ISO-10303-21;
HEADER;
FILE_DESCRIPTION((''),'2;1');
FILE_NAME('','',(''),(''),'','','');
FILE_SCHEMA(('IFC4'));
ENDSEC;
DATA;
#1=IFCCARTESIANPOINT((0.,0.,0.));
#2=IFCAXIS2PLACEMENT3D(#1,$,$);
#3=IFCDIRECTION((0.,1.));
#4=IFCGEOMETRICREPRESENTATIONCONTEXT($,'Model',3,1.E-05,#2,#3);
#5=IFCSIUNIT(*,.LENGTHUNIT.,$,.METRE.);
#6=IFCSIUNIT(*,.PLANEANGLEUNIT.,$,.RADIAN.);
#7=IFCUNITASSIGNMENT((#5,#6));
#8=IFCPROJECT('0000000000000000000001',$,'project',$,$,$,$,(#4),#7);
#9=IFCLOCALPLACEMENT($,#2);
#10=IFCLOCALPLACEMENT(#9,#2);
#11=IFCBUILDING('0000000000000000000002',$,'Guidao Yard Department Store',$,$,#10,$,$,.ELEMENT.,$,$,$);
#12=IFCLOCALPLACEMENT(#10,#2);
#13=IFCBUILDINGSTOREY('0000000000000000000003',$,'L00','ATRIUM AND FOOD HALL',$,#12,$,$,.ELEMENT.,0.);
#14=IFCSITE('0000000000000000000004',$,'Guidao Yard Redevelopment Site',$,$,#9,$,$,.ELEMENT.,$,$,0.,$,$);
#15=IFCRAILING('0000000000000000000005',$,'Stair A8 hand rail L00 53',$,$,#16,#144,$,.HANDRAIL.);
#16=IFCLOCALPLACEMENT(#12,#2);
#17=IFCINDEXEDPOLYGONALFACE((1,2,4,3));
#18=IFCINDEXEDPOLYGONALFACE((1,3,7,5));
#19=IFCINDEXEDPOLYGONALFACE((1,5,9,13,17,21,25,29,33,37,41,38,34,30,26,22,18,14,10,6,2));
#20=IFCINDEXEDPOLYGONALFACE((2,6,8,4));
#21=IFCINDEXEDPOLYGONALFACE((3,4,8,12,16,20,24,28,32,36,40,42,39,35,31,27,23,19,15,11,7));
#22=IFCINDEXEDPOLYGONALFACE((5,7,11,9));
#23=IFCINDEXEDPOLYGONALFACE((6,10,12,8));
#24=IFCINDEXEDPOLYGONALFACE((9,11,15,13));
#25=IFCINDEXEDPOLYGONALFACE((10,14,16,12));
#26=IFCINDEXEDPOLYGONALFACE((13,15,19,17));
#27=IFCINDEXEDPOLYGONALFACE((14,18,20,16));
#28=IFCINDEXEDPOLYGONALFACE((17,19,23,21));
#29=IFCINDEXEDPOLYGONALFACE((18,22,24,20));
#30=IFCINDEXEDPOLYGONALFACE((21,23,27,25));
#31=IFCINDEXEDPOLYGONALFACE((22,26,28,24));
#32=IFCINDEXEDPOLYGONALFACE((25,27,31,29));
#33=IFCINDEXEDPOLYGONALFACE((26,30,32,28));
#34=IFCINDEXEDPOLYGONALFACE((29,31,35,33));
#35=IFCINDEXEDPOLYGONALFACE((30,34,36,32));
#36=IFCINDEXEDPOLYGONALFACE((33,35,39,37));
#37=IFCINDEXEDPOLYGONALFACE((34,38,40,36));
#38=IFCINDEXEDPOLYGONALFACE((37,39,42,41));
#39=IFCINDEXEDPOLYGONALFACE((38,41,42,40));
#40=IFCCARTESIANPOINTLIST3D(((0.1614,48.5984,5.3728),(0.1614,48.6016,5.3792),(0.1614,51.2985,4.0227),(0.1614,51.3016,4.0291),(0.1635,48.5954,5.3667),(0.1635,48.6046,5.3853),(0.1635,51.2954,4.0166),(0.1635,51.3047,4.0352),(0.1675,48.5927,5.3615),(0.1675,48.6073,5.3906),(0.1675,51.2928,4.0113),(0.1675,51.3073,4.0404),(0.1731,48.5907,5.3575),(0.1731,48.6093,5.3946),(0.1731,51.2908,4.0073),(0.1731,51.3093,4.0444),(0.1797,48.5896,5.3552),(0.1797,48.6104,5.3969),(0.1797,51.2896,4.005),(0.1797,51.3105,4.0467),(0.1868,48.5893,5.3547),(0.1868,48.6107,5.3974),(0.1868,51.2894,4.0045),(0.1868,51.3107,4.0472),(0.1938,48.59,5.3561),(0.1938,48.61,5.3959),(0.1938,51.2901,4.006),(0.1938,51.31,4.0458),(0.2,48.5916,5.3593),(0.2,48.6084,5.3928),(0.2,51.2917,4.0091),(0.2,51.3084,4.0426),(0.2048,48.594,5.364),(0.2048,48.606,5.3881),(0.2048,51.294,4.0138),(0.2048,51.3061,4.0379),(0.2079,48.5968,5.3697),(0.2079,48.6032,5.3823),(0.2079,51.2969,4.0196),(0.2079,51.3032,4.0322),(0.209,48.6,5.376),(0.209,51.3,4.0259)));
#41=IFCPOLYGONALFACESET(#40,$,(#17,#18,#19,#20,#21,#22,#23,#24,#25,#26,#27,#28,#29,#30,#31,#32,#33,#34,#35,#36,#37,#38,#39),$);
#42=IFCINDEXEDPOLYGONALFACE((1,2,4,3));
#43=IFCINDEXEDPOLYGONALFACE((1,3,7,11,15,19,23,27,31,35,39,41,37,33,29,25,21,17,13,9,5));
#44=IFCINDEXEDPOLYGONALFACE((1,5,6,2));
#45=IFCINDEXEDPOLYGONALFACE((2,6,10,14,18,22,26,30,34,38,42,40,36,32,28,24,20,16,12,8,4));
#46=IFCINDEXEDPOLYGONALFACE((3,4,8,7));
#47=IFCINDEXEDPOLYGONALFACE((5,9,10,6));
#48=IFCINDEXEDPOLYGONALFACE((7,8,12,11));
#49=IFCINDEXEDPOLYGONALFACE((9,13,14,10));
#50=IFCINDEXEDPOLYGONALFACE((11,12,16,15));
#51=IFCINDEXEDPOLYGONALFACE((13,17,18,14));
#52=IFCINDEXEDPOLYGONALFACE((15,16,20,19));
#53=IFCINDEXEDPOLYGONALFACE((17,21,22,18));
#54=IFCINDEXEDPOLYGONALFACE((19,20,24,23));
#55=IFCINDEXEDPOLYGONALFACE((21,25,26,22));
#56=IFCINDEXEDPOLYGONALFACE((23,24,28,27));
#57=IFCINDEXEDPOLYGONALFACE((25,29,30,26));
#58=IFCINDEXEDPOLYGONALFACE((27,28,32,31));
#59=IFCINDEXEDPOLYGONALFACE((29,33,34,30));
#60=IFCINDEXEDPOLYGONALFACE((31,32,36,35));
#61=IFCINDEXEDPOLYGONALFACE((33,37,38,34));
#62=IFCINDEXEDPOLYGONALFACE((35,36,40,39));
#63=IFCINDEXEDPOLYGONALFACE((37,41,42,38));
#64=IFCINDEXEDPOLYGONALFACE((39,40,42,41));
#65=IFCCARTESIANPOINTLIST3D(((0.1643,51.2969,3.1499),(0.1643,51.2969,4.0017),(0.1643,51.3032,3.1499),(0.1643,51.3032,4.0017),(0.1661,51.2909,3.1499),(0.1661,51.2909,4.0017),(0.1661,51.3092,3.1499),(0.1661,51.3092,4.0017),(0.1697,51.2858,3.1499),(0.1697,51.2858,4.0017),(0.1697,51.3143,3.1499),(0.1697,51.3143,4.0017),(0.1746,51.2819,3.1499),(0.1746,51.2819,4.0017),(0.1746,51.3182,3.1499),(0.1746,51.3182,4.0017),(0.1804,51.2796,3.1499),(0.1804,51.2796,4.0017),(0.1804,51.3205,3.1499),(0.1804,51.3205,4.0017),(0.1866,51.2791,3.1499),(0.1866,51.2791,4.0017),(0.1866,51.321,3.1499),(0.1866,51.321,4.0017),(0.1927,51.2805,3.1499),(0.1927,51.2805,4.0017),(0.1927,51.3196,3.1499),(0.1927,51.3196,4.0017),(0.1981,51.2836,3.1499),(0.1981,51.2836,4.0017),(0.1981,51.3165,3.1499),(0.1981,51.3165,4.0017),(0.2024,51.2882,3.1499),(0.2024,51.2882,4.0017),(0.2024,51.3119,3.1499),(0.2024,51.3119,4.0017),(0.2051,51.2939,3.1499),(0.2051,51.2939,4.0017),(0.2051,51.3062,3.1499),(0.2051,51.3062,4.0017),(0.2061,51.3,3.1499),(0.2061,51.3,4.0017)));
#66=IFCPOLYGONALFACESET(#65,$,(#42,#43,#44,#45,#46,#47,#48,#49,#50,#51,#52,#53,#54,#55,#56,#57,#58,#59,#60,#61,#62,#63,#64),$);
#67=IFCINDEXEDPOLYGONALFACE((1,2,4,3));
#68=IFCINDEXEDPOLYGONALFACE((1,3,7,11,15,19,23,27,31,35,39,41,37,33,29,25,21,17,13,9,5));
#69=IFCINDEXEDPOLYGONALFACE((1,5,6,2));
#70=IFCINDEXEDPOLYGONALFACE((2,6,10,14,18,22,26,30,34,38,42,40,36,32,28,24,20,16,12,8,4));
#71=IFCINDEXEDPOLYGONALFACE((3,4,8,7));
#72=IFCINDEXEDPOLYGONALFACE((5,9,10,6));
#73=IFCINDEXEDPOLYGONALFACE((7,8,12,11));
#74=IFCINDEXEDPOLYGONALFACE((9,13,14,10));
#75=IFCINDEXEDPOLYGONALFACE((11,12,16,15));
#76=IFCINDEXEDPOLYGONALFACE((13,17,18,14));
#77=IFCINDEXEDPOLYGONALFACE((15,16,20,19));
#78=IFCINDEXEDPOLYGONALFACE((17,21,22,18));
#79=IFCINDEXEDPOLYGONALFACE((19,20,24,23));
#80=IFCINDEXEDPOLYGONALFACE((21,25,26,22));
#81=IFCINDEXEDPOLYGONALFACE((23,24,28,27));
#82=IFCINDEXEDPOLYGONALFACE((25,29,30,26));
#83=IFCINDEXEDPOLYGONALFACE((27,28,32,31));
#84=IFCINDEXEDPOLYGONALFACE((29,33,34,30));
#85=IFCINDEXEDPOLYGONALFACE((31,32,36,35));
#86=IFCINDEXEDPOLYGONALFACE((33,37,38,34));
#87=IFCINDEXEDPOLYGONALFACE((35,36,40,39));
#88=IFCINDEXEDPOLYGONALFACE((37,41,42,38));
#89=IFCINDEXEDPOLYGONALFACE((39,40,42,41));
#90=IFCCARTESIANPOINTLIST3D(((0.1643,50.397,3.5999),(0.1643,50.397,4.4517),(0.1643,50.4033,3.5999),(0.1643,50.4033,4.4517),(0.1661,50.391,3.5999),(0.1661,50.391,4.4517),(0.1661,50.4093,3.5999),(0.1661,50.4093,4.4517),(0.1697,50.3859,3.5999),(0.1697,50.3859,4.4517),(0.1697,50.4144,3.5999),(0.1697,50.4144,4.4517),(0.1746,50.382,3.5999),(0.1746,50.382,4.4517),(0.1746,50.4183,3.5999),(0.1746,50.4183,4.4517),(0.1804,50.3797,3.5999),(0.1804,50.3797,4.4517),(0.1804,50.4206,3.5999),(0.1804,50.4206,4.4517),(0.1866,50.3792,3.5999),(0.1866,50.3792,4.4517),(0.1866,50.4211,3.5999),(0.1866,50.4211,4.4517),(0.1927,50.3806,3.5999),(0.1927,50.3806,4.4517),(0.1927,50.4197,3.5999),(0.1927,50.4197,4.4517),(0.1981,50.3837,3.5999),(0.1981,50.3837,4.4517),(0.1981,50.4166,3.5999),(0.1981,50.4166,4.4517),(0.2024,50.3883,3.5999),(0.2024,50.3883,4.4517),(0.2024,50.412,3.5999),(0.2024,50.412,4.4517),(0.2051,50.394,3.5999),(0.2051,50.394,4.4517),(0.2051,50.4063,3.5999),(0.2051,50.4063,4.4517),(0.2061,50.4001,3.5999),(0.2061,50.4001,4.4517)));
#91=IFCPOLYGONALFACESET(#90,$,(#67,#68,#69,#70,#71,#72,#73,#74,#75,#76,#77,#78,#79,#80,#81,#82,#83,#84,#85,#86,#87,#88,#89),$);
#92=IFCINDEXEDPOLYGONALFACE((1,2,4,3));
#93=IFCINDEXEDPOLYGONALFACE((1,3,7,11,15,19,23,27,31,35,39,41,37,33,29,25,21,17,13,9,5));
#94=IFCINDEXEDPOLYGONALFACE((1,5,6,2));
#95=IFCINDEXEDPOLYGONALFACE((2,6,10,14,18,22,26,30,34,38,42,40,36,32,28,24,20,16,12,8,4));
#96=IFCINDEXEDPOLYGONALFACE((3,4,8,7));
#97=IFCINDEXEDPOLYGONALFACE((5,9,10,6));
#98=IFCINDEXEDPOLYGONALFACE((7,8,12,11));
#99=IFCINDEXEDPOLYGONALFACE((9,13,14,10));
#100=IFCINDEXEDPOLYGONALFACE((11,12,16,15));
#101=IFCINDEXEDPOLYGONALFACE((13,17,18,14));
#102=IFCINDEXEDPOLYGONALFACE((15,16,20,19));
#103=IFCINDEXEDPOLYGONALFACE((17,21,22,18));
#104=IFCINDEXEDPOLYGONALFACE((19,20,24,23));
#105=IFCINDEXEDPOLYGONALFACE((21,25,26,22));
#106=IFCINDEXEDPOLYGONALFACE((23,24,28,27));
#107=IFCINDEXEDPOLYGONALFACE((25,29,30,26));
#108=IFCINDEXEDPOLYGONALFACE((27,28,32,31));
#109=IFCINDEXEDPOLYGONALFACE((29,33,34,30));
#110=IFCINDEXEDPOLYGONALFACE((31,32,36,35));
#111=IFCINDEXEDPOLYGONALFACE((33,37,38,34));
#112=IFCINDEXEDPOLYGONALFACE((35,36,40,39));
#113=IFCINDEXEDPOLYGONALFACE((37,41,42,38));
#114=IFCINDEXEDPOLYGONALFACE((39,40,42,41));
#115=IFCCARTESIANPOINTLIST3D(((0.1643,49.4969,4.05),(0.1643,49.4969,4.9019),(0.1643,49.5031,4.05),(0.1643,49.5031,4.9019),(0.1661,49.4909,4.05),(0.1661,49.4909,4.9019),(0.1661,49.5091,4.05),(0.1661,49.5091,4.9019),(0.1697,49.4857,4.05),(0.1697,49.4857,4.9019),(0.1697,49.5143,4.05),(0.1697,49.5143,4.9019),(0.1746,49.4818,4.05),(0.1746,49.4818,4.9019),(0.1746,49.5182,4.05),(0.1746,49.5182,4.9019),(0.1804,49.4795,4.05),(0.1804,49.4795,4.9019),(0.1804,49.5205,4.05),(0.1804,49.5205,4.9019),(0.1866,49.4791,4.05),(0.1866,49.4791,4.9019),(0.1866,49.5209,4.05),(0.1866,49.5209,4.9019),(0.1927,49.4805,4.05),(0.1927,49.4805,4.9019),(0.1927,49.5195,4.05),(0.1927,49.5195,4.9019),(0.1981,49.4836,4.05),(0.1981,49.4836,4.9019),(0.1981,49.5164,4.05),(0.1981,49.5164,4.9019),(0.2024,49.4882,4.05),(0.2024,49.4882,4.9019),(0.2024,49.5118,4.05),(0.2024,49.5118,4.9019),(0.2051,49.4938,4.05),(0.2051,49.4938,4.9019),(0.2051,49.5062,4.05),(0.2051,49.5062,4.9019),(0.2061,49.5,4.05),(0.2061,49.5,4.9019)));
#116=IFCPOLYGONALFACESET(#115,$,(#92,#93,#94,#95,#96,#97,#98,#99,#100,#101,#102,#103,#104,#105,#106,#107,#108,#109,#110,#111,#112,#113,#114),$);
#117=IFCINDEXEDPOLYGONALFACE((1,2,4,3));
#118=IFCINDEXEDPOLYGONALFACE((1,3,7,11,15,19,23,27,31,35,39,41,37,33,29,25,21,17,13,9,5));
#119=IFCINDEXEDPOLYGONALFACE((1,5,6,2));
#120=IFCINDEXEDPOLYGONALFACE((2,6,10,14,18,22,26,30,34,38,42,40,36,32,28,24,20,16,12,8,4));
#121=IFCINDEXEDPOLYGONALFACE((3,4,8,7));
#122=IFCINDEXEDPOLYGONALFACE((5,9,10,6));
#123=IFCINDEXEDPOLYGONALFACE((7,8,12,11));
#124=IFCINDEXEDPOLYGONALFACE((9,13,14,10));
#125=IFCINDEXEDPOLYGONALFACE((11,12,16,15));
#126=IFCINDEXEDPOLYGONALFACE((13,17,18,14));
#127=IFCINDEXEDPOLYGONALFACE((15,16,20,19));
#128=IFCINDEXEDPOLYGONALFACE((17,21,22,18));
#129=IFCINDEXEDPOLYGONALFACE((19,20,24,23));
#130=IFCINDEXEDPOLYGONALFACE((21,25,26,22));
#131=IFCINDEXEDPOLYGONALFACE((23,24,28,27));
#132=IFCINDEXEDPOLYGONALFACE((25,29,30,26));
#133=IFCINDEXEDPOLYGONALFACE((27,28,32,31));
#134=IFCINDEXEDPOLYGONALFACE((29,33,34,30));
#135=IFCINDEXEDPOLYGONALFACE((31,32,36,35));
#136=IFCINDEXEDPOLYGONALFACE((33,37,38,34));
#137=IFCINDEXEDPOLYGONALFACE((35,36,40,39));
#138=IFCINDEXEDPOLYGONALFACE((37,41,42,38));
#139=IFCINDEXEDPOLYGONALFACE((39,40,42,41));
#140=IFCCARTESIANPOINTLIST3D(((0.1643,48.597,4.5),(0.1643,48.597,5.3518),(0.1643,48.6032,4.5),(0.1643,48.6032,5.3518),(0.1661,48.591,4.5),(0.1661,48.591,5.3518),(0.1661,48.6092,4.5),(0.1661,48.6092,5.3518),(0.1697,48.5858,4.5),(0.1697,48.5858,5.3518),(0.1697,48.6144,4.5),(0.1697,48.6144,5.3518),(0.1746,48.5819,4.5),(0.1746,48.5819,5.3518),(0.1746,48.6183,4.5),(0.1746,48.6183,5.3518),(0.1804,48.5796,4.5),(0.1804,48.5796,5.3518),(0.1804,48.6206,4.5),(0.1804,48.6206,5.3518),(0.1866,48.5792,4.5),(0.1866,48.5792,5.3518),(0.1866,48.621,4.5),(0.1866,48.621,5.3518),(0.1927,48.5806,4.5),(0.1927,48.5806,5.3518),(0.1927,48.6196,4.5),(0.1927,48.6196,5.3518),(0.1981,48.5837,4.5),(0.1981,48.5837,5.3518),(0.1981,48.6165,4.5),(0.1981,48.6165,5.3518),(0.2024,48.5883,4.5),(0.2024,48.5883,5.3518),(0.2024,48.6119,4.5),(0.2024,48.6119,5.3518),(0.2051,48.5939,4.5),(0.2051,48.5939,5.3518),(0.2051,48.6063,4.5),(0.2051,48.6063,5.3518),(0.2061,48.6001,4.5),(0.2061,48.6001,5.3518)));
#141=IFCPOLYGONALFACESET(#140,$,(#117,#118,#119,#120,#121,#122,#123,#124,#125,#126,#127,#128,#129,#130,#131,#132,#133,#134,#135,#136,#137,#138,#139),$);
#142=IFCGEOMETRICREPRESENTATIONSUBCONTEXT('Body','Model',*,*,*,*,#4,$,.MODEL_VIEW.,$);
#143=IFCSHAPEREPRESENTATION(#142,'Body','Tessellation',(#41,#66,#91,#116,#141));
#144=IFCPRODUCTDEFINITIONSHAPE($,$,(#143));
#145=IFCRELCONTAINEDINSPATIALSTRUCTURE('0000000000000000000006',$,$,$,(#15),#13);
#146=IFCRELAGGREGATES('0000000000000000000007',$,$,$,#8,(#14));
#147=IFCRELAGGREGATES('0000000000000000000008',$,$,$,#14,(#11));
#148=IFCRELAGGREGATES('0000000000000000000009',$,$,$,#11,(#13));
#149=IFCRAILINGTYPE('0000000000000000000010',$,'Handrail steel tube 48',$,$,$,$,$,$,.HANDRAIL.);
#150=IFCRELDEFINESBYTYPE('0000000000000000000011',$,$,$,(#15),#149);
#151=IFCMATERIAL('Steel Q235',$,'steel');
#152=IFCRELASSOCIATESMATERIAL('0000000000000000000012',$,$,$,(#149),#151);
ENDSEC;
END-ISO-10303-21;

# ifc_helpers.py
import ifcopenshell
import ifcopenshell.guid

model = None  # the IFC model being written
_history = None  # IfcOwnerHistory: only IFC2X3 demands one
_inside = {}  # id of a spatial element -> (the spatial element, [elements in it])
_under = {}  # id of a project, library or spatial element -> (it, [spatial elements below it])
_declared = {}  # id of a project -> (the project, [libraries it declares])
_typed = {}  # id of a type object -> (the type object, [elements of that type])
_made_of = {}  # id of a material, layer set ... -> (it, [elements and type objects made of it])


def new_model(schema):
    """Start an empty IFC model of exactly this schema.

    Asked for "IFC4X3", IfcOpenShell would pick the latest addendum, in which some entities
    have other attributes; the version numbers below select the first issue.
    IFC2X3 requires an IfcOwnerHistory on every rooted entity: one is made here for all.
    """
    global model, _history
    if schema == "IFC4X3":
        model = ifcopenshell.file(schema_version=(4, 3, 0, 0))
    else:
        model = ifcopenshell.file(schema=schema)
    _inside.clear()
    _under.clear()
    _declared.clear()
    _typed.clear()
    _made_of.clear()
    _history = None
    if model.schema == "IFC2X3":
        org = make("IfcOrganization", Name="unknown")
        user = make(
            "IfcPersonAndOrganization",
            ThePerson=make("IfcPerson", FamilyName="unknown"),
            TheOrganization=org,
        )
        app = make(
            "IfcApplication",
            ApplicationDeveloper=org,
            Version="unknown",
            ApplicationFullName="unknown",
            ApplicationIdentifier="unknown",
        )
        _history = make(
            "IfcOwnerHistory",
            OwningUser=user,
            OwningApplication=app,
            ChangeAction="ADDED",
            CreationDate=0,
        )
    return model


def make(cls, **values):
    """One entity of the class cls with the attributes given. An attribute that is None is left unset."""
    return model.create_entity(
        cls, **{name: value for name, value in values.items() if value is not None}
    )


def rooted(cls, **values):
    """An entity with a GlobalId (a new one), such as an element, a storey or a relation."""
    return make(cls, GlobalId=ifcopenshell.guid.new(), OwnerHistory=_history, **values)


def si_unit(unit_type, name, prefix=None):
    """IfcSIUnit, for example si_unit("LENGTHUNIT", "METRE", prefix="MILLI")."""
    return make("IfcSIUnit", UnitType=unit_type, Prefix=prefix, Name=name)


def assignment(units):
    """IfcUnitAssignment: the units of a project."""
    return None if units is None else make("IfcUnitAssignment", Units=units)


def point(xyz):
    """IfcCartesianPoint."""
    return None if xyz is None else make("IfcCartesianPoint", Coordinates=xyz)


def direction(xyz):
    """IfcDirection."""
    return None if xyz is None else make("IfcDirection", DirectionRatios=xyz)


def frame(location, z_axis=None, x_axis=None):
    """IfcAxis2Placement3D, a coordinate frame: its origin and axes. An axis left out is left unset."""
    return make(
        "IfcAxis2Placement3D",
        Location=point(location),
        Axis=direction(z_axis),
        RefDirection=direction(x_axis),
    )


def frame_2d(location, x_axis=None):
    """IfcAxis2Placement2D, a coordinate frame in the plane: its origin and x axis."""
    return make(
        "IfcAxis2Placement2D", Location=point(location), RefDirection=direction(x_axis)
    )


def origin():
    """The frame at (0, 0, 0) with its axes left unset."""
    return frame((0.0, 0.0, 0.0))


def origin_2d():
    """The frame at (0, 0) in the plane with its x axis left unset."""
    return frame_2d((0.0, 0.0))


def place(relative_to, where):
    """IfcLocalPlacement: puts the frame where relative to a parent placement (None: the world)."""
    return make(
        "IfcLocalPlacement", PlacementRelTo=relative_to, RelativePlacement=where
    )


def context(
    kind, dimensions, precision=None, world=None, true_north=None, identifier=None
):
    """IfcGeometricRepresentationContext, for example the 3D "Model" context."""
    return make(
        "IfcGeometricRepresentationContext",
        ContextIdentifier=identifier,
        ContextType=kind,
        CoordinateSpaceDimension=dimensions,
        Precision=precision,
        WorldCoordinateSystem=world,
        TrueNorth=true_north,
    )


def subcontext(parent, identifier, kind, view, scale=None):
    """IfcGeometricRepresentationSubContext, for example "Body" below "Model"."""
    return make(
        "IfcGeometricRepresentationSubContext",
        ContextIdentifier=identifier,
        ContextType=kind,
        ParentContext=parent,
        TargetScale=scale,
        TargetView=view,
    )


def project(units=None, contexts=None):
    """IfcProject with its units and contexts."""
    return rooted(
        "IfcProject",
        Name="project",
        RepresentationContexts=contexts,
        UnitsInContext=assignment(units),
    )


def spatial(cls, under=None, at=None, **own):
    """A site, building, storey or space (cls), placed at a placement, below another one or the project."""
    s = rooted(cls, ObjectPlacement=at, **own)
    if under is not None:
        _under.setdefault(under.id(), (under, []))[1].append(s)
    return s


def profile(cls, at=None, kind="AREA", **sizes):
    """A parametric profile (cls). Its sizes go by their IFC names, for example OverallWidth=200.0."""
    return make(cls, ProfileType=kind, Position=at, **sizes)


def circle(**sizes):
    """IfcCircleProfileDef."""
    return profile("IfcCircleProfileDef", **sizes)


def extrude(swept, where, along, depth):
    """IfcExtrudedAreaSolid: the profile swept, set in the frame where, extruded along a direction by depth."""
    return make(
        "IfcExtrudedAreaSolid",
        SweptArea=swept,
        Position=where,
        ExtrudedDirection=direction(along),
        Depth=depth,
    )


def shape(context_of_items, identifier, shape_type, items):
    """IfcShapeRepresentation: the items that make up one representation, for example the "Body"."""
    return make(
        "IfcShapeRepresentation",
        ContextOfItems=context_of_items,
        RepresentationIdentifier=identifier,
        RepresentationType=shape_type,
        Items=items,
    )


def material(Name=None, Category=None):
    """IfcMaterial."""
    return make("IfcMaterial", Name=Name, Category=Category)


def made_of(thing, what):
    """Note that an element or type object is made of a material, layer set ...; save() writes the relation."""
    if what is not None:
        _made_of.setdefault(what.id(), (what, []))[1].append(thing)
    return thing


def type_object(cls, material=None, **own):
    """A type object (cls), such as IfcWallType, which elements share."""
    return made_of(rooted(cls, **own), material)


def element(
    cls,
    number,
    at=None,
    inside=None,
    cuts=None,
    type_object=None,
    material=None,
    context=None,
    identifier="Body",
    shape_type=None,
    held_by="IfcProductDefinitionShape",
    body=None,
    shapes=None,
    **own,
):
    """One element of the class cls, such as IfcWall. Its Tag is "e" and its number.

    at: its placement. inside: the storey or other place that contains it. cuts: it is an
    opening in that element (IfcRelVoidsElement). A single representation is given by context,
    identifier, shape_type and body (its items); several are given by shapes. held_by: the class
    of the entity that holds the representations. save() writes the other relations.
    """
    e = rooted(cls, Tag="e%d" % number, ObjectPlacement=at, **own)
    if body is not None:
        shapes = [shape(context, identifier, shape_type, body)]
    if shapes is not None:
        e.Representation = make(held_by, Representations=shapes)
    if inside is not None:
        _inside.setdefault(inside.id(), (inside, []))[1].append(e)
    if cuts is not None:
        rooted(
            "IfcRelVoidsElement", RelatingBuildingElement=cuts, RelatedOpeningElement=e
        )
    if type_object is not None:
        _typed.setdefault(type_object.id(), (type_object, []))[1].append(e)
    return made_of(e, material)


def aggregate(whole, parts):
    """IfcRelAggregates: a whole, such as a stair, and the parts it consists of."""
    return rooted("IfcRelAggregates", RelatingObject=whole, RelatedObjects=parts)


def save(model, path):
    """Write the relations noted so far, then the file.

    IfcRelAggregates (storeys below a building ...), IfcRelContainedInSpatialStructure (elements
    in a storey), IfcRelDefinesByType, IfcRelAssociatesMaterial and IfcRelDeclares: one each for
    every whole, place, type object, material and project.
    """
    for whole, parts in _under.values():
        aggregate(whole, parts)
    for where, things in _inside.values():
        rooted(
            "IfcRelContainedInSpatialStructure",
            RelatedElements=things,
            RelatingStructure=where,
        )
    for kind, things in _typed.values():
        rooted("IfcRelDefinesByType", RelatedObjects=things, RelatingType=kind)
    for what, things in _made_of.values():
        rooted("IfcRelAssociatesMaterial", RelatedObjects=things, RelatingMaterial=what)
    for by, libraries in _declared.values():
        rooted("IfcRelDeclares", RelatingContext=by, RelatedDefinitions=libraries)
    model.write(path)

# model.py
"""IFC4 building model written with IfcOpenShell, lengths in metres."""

from ifc_helpers import new_model, si_unit, direction, frame, origin, origin_2d, place, context, subcontext, project, spatial, circle, extrude, material, type_object, element, save


model = new_model("IFC4")

# Units and contexts
model_context = context("Model", 3, precision=1e-05, world=origin(), true_north=direction((0.0, 1.0)))
body_context = subcontext(model_context, "Body", "Model", "MODEL_VIEW")
ifc_project = project(units=[si_unit("LENGTHUNIT", "METRE"), si_unit("PLANEANGLEUNIT", "RADIAN")], contexts=[model_context])

# Site, building, storey
site_placement = place(None, origin())
site = spatial("IfcSite", under=ifc_project, at=site_placement, Name="Guidao Yard Redevelopment Site", CompositionType="ELEMENT", RefElevation=0.0)
building_placement = place(site_placement, origin())
building = spatial("IfcBuilding", under=site, at=building_placement, Name="Guidao Yard Department Store", CompositionType="ELEMENT")
storey_placement = place(building_placement, origin())
storey = spatial("IfcBuildingStorey", under=building, at=storey_placement, Name="L00", Description="ATRIUM AND FOOD HALL", CompositionType="ELEMENT", Elevation=0.0)

# Railing
ifc_material_1 = material(Name="Steel Q235", Category="steel")
railing_type = type_object("IfcRailingType", Name="Handrail steel tube 48", PredefinedType="HANDRAIL", material=ifc_material_1)
for number, where, name in (
    (1, (0.1851, 51.3, 3.1499), "Stair A8 hand rail L00 53"),
):
    element("IfcRailing", number, at=place(storey_placement, frame(where)), inside=storey, type_object=railing_type, Name=name, PredefinedType="HANDRAIL", context=body_context, shape_type="SweptSolid", body=[
        extrude(circle(Radius=0.0239, at=origin_2d()), frame((0.0, 0.0, 0.876), z_axis=(0.0, -0.894411, 0.447246), x_axis=(1.0, 0.0, 0.0)), (0.0, 0.0, 1.0), 3.0188),
        extrude(circle(Radius=0.021, at=origin_2d()), origin(), (0.0, 0.0, 1.0), 0.8518),
        extrude(circle(Radius=0.021, at=origin_2d()), frame((0.0, -0.8999, 0.45)), (0.0, 0.0, 1.0), 0.8518),
        extrude(circle(Radius=0.021, at=origin_2d()), frame((0.0, -1.8, 0.9001)), (0.0, 0.0, 1.0), 0.8518),
        extrude(circle(Radius=0.021, at=origin_2d()), frame((0.0, -2.7, 1.3501)), (0.0, 0.0, 1.0), 0.8518),
    ])

save(model, "model.ifc")
